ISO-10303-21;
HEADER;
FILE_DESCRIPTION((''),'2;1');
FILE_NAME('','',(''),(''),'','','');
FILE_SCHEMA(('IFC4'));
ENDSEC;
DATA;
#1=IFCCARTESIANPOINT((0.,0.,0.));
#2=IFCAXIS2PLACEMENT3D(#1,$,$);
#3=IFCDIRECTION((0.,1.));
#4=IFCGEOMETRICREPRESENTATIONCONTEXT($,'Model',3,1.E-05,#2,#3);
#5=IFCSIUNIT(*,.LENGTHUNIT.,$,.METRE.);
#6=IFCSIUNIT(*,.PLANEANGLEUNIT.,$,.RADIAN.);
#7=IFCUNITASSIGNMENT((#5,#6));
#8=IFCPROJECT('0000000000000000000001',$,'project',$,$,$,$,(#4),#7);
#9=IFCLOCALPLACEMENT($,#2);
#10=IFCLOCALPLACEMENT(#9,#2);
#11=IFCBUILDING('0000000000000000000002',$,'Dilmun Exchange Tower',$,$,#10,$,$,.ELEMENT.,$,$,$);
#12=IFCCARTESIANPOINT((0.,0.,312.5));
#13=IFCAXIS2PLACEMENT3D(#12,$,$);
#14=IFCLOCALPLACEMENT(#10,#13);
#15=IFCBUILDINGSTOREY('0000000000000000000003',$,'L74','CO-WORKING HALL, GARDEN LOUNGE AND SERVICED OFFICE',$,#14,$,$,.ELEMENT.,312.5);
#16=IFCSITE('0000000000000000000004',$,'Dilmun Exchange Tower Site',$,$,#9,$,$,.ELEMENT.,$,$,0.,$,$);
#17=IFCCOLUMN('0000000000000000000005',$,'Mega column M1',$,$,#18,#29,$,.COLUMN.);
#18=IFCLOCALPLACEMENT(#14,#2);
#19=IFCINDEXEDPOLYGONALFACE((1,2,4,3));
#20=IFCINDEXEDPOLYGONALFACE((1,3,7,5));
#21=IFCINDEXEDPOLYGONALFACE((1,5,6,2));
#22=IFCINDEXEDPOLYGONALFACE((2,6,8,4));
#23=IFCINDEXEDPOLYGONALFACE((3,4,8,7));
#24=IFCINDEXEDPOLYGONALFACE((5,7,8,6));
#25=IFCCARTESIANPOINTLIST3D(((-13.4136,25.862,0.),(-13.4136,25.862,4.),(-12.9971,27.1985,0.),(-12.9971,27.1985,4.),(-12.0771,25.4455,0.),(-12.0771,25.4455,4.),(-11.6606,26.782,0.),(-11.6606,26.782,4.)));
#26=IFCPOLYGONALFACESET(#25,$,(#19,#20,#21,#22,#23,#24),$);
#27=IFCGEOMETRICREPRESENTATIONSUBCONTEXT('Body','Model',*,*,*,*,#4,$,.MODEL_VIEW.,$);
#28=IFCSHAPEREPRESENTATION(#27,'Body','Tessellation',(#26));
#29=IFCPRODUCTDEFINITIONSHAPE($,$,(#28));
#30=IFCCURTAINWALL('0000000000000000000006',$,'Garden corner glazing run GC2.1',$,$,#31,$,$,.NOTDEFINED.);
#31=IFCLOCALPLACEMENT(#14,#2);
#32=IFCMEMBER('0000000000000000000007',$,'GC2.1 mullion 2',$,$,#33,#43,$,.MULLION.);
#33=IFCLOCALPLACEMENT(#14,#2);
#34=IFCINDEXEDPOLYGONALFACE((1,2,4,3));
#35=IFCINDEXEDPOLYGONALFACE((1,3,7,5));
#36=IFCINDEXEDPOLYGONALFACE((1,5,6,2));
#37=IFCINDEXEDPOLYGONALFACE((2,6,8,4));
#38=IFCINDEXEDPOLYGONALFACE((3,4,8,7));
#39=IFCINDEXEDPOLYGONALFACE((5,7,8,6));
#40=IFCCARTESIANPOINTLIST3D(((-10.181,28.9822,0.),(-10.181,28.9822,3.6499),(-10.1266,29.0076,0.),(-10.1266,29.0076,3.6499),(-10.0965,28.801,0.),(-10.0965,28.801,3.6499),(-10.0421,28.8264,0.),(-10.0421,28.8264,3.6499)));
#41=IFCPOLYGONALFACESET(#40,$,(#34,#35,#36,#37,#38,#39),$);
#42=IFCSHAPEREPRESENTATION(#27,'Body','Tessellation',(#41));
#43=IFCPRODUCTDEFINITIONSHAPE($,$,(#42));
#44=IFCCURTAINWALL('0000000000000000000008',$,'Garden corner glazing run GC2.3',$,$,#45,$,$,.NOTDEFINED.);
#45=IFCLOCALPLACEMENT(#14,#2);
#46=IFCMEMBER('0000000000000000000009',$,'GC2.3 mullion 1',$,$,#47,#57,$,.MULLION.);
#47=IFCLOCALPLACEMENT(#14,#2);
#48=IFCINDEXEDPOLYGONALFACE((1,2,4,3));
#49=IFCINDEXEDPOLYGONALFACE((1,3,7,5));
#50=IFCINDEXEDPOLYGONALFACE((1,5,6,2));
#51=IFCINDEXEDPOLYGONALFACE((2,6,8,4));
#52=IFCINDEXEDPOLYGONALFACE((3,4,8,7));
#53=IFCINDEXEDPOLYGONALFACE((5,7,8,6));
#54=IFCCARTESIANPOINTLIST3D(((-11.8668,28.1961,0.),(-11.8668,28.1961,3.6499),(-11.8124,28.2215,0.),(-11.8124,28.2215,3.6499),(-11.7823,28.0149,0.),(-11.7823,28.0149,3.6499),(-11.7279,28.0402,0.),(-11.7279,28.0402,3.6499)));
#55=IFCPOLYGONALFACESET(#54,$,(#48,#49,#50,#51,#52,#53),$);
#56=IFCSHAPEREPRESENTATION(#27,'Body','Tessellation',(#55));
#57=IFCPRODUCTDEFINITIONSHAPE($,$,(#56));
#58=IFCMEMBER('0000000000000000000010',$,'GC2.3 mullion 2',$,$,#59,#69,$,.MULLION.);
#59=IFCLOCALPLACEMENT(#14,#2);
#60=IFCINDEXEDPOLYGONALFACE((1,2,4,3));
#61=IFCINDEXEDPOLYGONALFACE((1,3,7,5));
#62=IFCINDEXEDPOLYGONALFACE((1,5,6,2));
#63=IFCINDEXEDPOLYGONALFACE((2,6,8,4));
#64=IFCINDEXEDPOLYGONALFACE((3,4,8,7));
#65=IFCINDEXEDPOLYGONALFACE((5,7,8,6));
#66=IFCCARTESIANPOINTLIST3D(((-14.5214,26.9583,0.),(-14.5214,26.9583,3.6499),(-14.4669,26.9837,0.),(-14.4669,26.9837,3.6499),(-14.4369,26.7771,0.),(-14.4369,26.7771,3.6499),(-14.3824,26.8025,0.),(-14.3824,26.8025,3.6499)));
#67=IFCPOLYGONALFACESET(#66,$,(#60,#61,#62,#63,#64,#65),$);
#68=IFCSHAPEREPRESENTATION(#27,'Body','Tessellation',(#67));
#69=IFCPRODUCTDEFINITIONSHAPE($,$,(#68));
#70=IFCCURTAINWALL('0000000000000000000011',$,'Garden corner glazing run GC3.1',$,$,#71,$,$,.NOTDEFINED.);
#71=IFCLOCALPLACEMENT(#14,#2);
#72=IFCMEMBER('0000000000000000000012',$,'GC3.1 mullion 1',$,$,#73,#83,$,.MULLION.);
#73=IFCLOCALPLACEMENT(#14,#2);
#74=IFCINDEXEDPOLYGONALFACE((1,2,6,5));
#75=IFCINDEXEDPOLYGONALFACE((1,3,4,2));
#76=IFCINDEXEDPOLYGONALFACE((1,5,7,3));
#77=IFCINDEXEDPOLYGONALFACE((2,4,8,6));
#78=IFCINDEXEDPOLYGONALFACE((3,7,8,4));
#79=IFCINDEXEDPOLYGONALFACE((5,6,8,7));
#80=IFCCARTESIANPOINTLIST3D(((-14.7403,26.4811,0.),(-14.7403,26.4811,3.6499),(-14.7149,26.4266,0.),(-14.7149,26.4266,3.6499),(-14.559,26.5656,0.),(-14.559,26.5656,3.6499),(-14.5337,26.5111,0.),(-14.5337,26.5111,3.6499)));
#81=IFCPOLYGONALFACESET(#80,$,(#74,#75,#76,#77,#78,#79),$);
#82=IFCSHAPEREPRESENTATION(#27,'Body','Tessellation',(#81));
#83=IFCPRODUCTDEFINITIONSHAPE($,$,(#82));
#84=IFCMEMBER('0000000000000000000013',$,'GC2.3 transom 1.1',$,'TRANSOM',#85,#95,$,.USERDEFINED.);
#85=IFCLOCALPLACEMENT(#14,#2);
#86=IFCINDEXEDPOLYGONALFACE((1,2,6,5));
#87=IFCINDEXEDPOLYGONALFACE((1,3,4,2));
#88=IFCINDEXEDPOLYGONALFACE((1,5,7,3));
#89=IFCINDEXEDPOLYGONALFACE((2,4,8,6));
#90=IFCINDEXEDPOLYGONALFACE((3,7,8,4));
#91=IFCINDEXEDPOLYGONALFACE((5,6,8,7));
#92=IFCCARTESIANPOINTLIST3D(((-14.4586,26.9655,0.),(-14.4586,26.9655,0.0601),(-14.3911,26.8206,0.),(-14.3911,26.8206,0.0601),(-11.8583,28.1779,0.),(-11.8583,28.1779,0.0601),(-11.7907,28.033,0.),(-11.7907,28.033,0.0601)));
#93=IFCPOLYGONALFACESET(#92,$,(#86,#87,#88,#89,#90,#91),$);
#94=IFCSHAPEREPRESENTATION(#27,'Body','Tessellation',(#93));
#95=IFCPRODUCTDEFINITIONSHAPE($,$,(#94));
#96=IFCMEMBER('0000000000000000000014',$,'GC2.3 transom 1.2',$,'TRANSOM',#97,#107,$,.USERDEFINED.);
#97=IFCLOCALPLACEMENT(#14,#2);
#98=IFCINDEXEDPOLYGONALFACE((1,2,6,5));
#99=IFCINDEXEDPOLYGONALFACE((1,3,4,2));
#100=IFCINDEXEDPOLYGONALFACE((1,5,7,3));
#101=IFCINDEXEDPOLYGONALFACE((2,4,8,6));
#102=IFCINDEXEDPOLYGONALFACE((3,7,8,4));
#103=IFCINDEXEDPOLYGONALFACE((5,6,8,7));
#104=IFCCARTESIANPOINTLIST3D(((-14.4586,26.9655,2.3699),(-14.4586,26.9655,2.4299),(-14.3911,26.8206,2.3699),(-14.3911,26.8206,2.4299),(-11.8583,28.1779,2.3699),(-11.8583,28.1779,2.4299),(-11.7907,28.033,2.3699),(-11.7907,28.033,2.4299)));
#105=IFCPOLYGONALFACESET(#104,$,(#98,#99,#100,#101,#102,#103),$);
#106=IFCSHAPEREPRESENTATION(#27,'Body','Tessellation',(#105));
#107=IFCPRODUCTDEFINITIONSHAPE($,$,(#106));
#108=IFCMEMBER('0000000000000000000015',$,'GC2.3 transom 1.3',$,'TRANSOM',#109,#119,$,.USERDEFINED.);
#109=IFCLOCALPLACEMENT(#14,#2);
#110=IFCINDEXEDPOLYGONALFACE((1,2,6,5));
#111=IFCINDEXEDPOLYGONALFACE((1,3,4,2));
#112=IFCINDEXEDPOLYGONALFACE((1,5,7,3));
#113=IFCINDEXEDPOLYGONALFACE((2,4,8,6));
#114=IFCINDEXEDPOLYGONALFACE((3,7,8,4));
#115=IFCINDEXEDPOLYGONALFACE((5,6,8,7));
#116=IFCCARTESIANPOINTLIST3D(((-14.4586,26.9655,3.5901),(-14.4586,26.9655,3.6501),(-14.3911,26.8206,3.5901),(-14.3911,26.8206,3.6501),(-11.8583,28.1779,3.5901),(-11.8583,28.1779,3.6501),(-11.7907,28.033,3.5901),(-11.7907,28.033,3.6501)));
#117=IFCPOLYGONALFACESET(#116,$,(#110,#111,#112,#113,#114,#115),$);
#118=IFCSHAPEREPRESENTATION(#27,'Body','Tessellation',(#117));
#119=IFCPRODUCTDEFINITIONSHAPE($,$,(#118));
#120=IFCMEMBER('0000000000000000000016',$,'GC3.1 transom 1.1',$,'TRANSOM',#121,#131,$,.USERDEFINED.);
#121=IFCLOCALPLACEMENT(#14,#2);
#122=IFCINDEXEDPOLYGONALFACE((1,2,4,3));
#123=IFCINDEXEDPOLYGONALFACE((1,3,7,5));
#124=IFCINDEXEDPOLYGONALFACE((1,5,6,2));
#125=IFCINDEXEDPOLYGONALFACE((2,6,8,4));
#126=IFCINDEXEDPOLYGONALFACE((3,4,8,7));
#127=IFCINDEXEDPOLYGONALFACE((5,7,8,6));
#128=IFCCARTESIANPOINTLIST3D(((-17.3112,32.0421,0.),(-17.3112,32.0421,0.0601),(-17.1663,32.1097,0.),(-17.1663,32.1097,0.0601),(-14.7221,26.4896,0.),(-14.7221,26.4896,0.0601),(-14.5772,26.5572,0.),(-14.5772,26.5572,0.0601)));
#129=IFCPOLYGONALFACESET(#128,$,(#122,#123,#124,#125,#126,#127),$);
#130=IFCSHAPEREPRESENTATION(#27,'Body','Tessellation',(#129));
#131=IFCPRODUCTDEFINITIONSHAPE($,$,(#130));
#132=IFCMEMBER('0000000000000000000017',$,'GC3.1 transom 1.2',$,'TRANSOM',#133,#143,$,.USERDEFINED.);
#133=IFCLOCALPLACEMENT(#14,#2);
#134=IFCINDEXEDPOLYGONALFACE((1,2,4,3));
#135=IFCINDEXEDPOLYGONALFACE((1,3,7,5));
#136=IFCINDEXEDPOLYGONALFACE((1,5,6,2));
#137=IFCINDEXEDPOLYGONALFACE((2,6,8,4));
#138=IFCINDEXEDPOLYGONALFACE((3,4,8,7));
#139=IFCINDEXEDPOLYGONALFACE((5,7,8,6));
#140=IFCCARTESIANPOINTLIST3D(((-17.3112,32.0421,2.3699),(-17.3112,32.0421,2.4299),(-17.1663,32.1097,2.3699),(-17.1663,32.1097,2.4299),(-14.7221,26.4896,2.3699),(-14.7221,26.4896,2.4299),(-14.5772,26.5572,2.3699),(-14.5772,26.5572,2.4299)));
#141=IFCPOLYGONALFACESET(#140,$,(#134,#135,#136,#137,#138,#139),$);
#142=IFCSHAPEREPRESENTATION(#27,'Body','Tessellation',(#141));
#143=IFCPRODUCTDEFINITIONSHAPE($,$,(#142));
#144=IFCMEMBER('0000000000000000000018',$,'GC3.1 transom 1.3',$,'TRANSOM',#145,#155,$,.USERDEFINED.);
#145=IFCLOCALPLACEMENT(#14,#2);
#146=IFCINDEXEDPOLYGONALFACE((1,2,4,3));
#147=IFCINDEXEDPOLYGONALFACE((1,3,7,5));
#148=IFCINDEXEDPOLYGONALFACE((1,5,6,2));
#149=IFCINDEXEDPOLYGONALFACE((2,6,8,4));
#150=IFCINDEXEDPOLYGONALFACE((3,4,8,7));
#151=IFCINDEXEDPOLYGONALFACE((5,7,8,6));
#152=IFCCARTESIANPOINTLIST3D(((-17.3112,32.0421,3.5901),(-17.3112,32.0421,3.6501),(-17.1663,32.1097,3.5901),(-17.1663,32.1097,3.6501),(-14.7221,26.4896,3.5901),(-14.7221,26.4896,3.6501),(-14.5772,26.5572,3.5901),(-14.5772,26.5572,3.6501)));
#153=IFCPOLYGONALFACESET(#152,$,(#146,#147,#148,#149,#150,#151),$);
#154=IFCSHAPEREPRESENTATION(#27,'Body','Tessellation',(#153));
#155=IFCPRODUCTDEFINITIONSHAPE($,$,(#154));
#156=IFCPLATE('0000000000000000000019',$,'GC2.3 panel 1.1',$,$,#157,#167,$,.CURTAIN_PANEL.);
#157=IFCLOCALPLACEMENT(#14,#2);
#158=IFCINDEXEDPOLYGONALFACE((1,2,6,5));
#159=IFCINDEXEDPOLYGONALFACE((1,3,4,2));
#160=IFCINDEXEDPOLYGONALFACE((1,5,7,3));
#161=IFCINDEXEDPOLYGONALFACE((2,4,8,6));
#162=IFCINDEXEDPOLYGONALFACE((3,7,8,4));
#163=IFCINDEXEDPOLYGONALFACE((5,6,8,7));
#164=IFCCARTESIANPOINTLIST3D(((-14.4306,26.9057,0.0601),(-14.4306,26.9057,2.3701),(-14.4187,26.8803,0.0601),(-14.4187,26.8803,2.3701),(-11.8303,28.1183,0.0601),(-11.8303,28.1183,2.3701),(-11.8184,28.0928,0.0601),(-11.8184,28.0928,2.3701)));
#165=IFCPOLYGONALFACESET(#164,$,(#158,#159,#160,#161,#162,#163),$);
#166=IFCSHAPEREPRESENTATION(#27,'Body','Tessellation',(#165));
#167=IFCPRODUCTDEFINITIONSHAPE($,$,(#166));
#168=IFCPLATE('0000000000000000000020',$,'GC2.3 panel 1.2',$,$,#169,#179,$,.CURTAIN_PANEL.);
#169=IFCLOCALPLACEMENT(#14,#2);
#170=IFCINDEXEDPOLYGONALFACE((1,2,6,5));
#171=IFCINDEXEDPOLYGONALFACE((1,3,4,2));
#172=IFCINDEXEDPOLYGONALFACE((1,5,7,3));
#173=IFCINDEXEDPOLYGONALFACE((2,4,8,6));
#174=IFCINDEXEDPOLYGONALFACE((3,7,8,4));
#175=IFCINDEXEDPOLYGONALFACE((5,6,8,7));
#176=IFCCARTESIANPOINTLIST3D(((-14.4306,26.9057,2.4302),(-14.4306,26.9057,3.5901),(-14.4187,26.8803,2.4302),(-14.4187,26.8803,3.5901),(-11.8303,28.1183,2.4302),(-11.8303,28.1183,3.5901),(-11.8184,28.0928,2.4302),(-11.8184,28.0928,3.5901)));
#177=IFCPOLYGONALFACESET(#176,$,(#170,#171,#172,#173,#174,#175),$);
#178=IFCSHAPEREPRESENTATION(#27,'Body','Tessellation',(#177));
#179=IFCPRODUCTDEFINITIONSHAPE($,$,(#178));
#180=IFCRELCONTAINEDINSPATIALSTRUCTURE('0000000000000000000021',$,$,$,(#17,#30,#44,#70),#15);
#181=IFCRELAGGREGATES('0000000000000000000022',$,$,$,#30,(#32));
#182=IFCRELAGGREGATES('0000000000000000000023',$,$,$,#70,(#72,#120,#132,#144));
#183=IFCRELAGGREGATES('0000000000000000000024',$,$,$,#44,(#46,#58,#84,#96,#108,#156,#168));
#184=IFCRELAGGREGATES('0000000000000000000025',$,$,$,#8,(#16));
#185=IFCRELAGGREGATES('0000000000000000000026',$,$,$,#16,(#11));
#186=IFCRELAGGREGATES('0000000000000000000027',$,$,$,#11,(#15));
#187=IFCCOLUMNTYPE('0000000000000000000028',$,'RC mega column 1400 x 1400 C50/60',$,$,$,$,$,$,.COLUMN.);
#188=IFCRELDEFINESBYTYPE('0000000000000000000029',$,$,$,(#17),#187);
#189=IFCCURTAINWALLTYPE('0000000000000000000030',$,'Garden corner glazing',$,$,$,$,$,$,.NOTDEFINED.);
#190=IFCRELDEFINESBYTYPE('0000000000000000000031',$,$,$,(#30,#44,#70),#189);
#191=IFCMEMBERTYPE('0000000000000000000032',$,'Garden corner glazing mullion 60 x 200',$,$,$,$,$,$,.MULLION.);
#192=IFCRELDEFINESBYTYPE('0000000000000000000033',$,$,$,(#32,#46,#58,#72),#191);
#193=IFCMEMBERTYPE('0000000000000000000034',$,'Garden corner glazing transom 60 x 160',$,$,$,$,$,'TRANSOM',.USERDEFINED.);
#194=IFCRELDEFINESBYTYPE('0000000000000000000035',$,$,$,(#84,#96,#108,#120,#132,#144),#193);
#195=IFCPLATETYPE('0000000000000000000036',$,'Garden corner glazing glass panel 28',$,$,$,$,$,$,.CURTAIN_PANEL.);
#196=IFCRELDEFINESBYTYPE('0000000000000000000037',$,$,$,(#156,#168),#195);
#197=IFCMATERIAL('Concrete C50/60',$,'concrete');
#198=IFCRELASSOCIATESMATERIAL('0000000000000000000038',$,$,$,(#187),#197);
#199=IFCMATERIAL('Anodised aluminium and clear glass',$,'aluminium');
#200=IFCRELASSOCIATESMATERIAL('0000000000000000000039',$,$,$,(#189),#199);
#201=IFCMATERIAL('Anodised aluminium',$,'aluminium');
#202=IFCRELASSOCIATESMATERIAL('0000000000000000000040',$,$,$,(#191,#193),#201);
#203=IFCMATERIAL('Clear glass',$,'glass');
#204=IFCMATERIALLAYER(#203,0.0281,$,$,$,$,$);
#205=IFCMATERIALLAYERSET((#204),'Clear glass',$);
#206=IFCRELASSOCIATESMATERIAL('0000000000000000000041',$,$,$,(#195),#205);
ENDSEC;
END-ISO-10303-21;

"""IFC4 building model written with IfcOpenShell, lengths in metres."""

from ifc_helpers import new_model, si_unit, direction, frame, origin, origin_2d, place, context, subcontext, project, spatial, rectangle, extrude, material, layer, layer_set, material_profile, profile_set, type_object, element, aggregate, save


model = new_model("IFC4")

# Units and contexts
model_context = context("Model", 3, precision=1e-05, world=origin(), true_north=direction((0.0, 1.0)))
body_context = subcontext(model_context, "Body", "Model", "MODEL_VIEW")
ifc_project = project(units=[si_unit("LENGTHUNIT", "METRE"), si_unit("PLANEANGLEUNIT", "RADIAN")], contexts=[model_context])

# Site, building, storey
site_placement = place(None, origin())
site = spatial("IfcSite", under=ifc_project, at=site_placement, Name="Dilmun Exchange Tower Site", CompositionType="ELEMENT", RefElevation=0.0)
building_placement = place(site_placement, origin())
building = spatial("IfcBuilding", under=site, at=building_placement, Name="Dilmun Exchange Tower", CompositionType="ELEMENT")
storey_placement = place(building_placement, frame((0.0, 0.0, 312.5)))
storey = spatial("IfcBuildingStorey", under=building, at=storey_placement, Name="L74", Description="CO-WORKING HALL, GARDEN LOUNGE AND SERVICED OFFICE", CompositionType="ELEMENT", Elevation=312.5)

# Column
ifc_material_1 = material(Name="Concrete C50/60", Category="concrete")
ifc_material_profile_1 = material_profile(ifc_material_1, rectangle(XDim=1.3999, YDim=1.3999, at=origin_2d()), Name="1400 x 1400")
ifc_profile_set_1 = profile_set([ifc_material_profile_1], Name="Concrete C50/60")
column_type = type_object("IfcColumnType", Name="RC mega column 1400 x 1400 C50/60", PredefinedType="COLUMN", material=ifc_profile_set_1)
column_placement = place(storey_placement, frame((-12.5371, 26.322, 0.0), z_axis=(0.0, 0.0, 1.0), x_axis=(0.297503, 0.954721, 0.0)))
element("IfcColumn", 1, at=column_placement, inside=storey, type_object=column_type, Name="Mega column M1", PredefinedType="COLUMN", context=body_context, shape_type="SweptSolid", body=[
    extrude(rectangle(XDim=1.3999, YDim=1.3999, at=origin_2d()), origin(), (0.0, 0.0, 1.0), 4.0),
])

# Curtain wall, member
ifc_material_2 = material(Name="Anodised aluminium and clear glass", Category="aluminium")
curtain_wall_type = type_object("IfcCurtainWallType", Name="Garden corner glazing", PredefinedType="NOTDEFINED", material=ifc_material_2)
curtain_wall_1_placement = place(storey_placement, origin())
curtain_wall_1 = element("IfcCurtainWall", 2, at=curtain_wall_1_placement, inside=storey, type_object=curtain_wall_type, Name="Garden corner glazing run GC2.1", PredefinedType="NOTDEFINED")
ifc_material_3 = material(Name="Anodised aluminium", Category="aluminium")
ifc_material_profile_2 = material_profile(ifc_material_3, rectangle(XDim=0.2, YDim=0.0601, at=origin_2d()), Name="AL 60x200")
ifc_profile_set_2 = profile_set([ifc_material_profile_2], Name="Anodised aluminium")
member_type_1 = type_object("IfcMemberType", Name="Garden corner glazing mullion 60 x 200", PredefinedType="MULLION", material=ifc_profile_set_2)
member_1_placement = place(storey_placement, frame((-10.1116, 28.9043, 0.0), z_axis=(0.0, 0.0, 1.0), x_axis=(0.422611, -0.906311, 0.0)))
member_1 = element("IfcMember", 3, at=member_1_placement, type_object=member_type_1, Name="GC2.1 mullion 2", PredefinedType="MULLION", context=body_context, shape_type="SweptSolid", body=[
    extrude(rectangle(XDim=0.2, YDim=0.0601, at=origin_2d()), origin(), (0.0, 0.0, 1.0), 3.6499),
])
aggregate(curtain_wall_1, [member_1])

# Curtain wall, members
curtain_wall_2_placement = place(storey_placement, origin())
curtain_wall_2 = element("IfcCurtainWall", 4, at=curtain_wall_2_placement, inside=storey, type_object=curtain_wall_type, Name="Garden corner glazing run GC2.3", PredefinedType="NOTDEFINED")
member_2_placement = place(storey_placement, frame((-11.7974, 28.1182, 0.0), z_axis=(0.0, 0.0, 1.0), x_axis=(0.422611, -0.906311, 0.0)))
member_2 = element("IfcMember", 5, at=member_2_placement, type_object=member_type_1, Name="GC2.3 mullion 1", PredefinedType="MULLION", context=body_context, shape_type="SweptSolid", body=[
    extrude(rectangle(XDim=0.2, YDim=0.0601, at=origin_2d()), origin(), (0.0, 0.0, 1.0), 3.6499),
])
member_3_placement = place(storey_placement, frame((-14.4519, 26.8804, 0.0), z_axis=(0.0, 0.0, 1.0), x_axis=(0.422611, -0.906311, 0.0)))
member_3 = element("IfcMember", 6, at=member_3_placement, type_object=member_type_1, Name="GC2.3 mullion 2", PredefinedType="MULLION", context=body_context, shape_type="SweptSolid", body=[
    extrude(rectangle(XDim=0.2, YDim=0.0601, at=origin_2d()), origin(), (0.0, 0.0, 1.0), 3.6499),
])

# Curtain wall, member
curtain_wall_3_placement = place(storey_placement, origin())
curtain_wall_3 = element("IfcCurtainWall", 7, at=curtain_wall_3_placement, inside=storey, type_object=curtain_wall_type, Name="Garden corner glazing run GC3.1", PredefinedType="NOTDEFINED")
member_4_placement = place(storey_placement, frame((-14.637, 26.4961, 0.0), z_axis=(0.0, 0.0, 1.0), x_axis=(-0.906305, -0.422623, 0.0)))
member_4 = element("IfcMember", 8, at=member_4_placement, type_object=member_type_1, Name="GC3.1 mullion 1", PredefinedType="MULLION", context=body_context, shape_type="SweptSolid", body=[
    extrude(rectangle(XDim=0.2, YDim=0.0601, at=origin_2d()), origin(), (0.0, 0.0, 1.0), 3.6499),
])

# Members
ifc_material_profile_3 = material_profile(ifc_material_3, rectangle(XDim=0.1599, YDim=0.0601, at=origin_2d()), Name="AL 60x160")
ifc_profile_set_3 = profile_set([ifc_material_profile_3], Name="Anodised aluminium")
member_type_2 = type_object("IfcMemberType", Name="Garden corner glazing transom 60 x 160", ElementType="TRANSOM", PredefinedType="USERDEFINED", material=ifc_profile_set_3)
member_5_placement = place(storey_placement, frame((-11.8245, 28.1055, 0.03), z_axis=(-0.906329, -0.422573, 0.0), x_axis=(0.422573, -0.906329, 0.0)))
member_5 = element("IfcMember", 9, at=member_5_placement, type_object=member_type_2, Name="GC2.3 transom 1.1", ObjectType="TRANSOM", PredefinedType="USERDEFINED", context=body_context, shape_type="SweptSolid", body=[
    extrude(rectangle(XDim=0.1599, YDim=0.0601, at=origin_2d()), origin(), (0.0, 0.0, 1.0), 2.8691),
])
member_6_placement = place(storey_placement, frame((-11.8245, 28.1055, 2.3999), z_axis=(-0.906329, -0.422573, 0.0), x_axis=(0.422573, -0.906329, 0.0)))
member_6 = element("IfcMember", 10, at=member_6_placement, type_object=member_type_2, Name="GC2.3 transom 1.2", ObjectType="TRANSOM", PredefinedType="USERDEFINED", context=body_context, shape_type="SweptSolid", body=[
    extrude(rectangle(XDim=0.1599, YDim=0.0601, at=origin_2d()), origin(), (0.0, 0.0, 1.0), 2.8691),
])
member_7_placement = place(storey_placement, frame((-11.8245, 28.1055, 3.6201), z_axis=(-0.906329, -0.422573, 0.0), x_axis=(0.422573, -0.906329, 0.0)))
member_7 = element("IfcMember", 11, at=member_7_placement, type_object=member_type_2, Name="GC2.3 transom 1.3", ObjectType="TRANSOM", PredefinedType="USERDEFINED", context=body_context, shape_type="SweptSolid", body=[
    extrude(rectangle(XDim=0.1599, YDim=0.0601, at=origin_2d()), origin(), (0.0, 0.0, 1.0), 2.8691),
])
member_8_placement = place(storey_placement, frame((-14.6497, 26.5234, 0.03), z_axis=(-0.422611, 0.906311, 0.0), x_axis=(-0.906311, -0.422611, 0.0)))
member_8 = element("IfcMember", 12, at=member_8_placement, type_object=member_type_2, Name="GC3.1 transom 1.1", ObjectType="TRANSOM", PredefinedType="USERDEFINED", context=body_context, shape_type="SweptSolid", body=[
    extrude(rectangle(XDim=0.1599, YDim=0.0601, at=origin_2d()), origin(), (0.0, 0.0, 1.0), 6.1265),
])
member_9_placement = place(storey_placement, frame((-14.6497, 26.5234, 2.3999), z_axis=(-0.422611, 0.906311, 0.0), x_axis=(-0.906311, -0.422611, 0.0)))
member_9 = element("IfcMember", 13, at=member_9_placement, type_object=member_type_2, Name="GC3.1 transom 1.2", ObjectType="TRANSOM", PredefinedType="USERDEFINED", context=body_context, shape_type="SweptSolid", body=[
    extrude(rectangle(XDim=0.1599, YDim=0.0601, at=origin_2d()), origin(), (0.0, 0.0, 1.0), 6.1265),
])
member_10_placement = place(storey_placement, frame((-14.6497, 26.5234, 3.6201), z_axis=(-0.422611, 0.906311, 0.0), x_axis=(-0.906311, -0.422611, 0.0)))
member_10 = element("IfcMember", 14, at=member_10_placement, type_object=member_type_2, Name="GC3.1 transom 1.3", ObjectType="TRANSOM", PredefinedType="USERDEFINED", context=body_context, shape_type="SweptSolid", body=[
    extrude(rectangle(XDim=0.1599, YDim=0.0601, at=origin_2d()), origin(), (0.0, 0.0, 1.0), 6.1265),
])
aggregate(curtain_wall_3, [member_4, member_8, member_9, member_10])

# Plates
ifc_material_4 = material(Name="Clear glass", Category="glass")
ifc_layer_1 = layer(ifc_material_4, 0.0281)
ifc_layer_set_1 = layer_set([ifc_layer_1], Name="Clear glass")
plate_type = type_object("IfcPlateType", Name="Garden corner glazing glass panel 28", PredefinedType="CURTAIN_PANEL", material=ifc_layer_set_1)
plate_1_placement = place(storey_placement, frame((-13.1245, 27.4993, 0.0601), z_axis=(0.0, 0.0, 1.0), x_axis=(-0.906311, -0.422611, 0.0)))
plate_1 = element("IfcPlate", 15, at=plate_1_placement, type_object=plate_type, Name="GC2.3 panel 1.1", PredefinedType="CURTAIN_PANEL", context=body_context, shape_type="SweptSolid", body=[
    extrude(rectangle(XDim=2.8691, YDim=0.0281, at=origin_2d()), origin(), (0.0, 0.0, 1.0), 2.3101),
])
plate_2_placement = place(storey_placement, frame((-13.1245, 27.4993, 2.4302), z_axis=(0.0, 0.0, 1.0), x_axis=(-0.906311, -0.422611, 0.0)))
plate_2 = element("IfcPlate", 16, at=plate_2_placement, type_object=plate_type, Name="GC2.3 panel 1.2", PredefinedType="CURTAIN_PANEL", context=body_context, shape_type="SweptSolid", body=[
    extrude(rectangle(XDim=2.8691, YDim=0.0281, at=origin_2d()), origin(), (0.0, 0.0, 1.0), 1.1599),
])
aggregate(curtain_wall_2, [member_2, member_3, member_5, member_6, member_7, plate_1, plate_2])

save(model, "model.ifc")
